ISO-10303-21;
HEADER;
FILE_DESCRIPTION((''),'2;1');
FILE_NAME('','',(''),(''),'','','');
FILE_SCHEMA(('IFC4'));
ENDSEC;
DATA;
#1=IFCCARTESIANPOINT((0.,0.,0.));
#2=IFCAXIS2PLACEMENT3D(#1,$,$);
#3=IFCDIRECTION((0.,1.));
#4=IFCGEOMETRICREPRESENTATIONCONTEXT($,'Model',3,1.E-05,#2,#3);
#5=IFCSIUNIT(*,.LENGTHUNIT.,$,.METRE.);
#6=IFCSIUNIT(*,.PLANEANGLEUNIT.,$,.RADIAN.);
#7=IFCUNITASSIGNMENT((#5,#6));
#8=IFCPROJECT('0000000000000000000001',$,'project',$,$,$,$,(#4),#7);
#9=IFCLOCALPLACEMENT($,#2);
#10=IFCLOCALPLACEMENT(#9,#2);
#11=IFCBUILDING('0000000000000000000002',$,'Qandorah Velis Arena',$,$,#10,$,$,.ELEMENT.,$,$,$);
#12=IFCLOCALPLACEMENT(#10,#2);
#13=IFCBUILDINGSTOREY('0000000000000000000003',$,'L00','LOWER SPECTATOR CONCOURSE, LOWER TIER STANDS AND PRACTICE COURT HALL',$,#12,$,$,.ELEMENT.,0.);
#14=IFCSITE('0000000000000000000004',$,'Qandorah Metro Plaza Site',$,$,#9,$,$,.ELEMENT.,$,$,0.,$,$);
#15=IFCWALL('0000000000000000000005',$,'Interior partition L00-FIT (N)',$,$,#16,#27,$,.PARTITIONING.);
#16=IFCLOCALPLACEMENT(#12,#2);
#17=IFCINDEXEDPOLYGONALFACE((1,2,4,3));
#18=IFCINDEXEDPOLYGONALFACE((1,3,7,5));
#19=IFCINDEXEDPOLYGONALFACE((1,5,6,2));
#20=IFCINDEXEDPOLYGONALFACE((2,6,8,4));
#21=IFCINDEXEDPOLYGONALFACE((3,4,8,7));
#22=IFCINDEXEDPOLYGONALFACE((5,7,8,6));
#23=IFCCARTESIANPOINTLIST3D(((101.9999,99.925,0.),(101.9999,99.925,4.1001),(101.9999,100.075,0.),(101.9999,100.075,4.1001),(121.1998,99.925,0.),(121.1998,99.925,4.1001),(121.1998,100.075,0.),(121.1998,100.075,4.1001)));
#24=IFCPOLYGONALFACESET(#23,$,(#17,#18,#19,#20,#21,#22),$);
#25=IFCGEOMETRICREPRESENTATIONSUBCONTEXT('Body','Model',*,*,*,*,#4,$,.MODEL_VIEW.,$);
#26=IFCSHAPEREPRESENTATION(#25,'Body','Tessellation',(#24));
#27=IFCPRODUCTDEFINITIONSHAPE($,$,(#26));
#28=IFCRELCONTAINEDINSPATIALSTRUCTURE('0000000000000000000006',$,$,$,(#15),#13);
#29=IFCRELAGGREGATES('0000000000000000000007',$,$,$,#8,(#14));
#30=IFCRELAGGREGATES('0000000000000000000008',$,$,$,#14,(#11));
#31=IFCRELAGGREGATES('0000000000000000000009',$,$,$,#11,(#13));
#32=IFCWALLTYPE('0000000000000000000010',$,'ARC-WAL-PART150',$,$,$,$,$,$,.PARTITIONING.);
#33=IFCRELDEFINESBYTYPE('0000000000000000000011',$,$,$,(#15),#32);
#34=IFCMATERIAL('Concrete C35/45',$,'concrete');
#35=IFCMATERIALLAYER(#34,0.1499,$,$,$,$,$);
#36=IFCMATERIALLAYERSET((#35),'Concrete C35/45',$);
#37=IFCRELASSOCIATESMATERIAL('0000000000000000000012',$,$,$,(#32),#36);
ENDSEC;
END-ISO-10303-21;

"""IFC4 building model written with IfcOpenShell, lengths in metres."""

from ifc_helpers import new_model, si_unit, direction, frame, frame_2d, origin, place, context, subcontext, project, spatial, rectangle, extrude, material, layer, layer_set, type_object, element, save


model = new_model("IFC4")

# Units and contexts
model_context = context("Model", 3, precision=1e-05, world=origin(), true_north=direction((0.0, 1.0)))
body_context = subcontext(model_context, "Body", "Model", "MODEL_VIEW")
ifc_project = project(units=[si_unit("LENGTHUNIT", "METRE"), si_unit("PLANEANGLEUNIT", "RADIAN")], contexts=[model_context])

# Site, building, storey
site_placement = place(None, origin())
site = spatial("IfcSite", under=ifc_project, at=site_placement, Name="Qandorah Metro Plaza Site", CompositionType="ELEMENT", RefElevation=0.0)
building_placement = place(site_placement, origin())
building = spatial("IfcBuilding", under=site, at=building_placement, Name="Qandorah Velis Arena", CompositionType="ELEMENT")
storey_placement = place(building_placement, origin())
storey = spatial("IfcBuildingStorey", under=building, at=storey_placement, Name="L00", Description="LOWER SPECTATOR CONCOURSE, LOWER TIER STANDS AND PRACTICE COURT HALL", CompositionType="ELEMENT", Elevation=0.0)

# Shared definitions
ifc_material_1 = material(Name="Concrete C35/45", Category="concrete")
ifc_layer = layer(ifc_material_1, 0.1499)
ifc_layer_set = layer_set([ifc_layer], Name="Concrete C35/45")
wall_type = type_object("IfcWallType", Name="ARC-WAL-PART150", PredefinedType="PARTITIONING", material=ifc_layer_set)

# Wall
wall_1_placement = place(storey_placement, frame((121.2, 100.0, 0.0), z_axis=(0.0, 0.0, 1.0), x_axis=(-1.0, 0.0, 0.0)))
element("IfcWall", 1, at=wall_1_placement, inside=storey, type_object=wall_type, Name="Interior partition L00-FIT (N)", PredefinedType="PARTITIONING", context=body_context, shape_type="SweptSolid", body=[
    extrude(rectangle(XDim=19.2, YDim=0.1499, at=frame_2d((9.6001, 0.0))), origin(), (0.0, 0.0, 1.0), 4.1001),
])

save(model, "model.ifc")
